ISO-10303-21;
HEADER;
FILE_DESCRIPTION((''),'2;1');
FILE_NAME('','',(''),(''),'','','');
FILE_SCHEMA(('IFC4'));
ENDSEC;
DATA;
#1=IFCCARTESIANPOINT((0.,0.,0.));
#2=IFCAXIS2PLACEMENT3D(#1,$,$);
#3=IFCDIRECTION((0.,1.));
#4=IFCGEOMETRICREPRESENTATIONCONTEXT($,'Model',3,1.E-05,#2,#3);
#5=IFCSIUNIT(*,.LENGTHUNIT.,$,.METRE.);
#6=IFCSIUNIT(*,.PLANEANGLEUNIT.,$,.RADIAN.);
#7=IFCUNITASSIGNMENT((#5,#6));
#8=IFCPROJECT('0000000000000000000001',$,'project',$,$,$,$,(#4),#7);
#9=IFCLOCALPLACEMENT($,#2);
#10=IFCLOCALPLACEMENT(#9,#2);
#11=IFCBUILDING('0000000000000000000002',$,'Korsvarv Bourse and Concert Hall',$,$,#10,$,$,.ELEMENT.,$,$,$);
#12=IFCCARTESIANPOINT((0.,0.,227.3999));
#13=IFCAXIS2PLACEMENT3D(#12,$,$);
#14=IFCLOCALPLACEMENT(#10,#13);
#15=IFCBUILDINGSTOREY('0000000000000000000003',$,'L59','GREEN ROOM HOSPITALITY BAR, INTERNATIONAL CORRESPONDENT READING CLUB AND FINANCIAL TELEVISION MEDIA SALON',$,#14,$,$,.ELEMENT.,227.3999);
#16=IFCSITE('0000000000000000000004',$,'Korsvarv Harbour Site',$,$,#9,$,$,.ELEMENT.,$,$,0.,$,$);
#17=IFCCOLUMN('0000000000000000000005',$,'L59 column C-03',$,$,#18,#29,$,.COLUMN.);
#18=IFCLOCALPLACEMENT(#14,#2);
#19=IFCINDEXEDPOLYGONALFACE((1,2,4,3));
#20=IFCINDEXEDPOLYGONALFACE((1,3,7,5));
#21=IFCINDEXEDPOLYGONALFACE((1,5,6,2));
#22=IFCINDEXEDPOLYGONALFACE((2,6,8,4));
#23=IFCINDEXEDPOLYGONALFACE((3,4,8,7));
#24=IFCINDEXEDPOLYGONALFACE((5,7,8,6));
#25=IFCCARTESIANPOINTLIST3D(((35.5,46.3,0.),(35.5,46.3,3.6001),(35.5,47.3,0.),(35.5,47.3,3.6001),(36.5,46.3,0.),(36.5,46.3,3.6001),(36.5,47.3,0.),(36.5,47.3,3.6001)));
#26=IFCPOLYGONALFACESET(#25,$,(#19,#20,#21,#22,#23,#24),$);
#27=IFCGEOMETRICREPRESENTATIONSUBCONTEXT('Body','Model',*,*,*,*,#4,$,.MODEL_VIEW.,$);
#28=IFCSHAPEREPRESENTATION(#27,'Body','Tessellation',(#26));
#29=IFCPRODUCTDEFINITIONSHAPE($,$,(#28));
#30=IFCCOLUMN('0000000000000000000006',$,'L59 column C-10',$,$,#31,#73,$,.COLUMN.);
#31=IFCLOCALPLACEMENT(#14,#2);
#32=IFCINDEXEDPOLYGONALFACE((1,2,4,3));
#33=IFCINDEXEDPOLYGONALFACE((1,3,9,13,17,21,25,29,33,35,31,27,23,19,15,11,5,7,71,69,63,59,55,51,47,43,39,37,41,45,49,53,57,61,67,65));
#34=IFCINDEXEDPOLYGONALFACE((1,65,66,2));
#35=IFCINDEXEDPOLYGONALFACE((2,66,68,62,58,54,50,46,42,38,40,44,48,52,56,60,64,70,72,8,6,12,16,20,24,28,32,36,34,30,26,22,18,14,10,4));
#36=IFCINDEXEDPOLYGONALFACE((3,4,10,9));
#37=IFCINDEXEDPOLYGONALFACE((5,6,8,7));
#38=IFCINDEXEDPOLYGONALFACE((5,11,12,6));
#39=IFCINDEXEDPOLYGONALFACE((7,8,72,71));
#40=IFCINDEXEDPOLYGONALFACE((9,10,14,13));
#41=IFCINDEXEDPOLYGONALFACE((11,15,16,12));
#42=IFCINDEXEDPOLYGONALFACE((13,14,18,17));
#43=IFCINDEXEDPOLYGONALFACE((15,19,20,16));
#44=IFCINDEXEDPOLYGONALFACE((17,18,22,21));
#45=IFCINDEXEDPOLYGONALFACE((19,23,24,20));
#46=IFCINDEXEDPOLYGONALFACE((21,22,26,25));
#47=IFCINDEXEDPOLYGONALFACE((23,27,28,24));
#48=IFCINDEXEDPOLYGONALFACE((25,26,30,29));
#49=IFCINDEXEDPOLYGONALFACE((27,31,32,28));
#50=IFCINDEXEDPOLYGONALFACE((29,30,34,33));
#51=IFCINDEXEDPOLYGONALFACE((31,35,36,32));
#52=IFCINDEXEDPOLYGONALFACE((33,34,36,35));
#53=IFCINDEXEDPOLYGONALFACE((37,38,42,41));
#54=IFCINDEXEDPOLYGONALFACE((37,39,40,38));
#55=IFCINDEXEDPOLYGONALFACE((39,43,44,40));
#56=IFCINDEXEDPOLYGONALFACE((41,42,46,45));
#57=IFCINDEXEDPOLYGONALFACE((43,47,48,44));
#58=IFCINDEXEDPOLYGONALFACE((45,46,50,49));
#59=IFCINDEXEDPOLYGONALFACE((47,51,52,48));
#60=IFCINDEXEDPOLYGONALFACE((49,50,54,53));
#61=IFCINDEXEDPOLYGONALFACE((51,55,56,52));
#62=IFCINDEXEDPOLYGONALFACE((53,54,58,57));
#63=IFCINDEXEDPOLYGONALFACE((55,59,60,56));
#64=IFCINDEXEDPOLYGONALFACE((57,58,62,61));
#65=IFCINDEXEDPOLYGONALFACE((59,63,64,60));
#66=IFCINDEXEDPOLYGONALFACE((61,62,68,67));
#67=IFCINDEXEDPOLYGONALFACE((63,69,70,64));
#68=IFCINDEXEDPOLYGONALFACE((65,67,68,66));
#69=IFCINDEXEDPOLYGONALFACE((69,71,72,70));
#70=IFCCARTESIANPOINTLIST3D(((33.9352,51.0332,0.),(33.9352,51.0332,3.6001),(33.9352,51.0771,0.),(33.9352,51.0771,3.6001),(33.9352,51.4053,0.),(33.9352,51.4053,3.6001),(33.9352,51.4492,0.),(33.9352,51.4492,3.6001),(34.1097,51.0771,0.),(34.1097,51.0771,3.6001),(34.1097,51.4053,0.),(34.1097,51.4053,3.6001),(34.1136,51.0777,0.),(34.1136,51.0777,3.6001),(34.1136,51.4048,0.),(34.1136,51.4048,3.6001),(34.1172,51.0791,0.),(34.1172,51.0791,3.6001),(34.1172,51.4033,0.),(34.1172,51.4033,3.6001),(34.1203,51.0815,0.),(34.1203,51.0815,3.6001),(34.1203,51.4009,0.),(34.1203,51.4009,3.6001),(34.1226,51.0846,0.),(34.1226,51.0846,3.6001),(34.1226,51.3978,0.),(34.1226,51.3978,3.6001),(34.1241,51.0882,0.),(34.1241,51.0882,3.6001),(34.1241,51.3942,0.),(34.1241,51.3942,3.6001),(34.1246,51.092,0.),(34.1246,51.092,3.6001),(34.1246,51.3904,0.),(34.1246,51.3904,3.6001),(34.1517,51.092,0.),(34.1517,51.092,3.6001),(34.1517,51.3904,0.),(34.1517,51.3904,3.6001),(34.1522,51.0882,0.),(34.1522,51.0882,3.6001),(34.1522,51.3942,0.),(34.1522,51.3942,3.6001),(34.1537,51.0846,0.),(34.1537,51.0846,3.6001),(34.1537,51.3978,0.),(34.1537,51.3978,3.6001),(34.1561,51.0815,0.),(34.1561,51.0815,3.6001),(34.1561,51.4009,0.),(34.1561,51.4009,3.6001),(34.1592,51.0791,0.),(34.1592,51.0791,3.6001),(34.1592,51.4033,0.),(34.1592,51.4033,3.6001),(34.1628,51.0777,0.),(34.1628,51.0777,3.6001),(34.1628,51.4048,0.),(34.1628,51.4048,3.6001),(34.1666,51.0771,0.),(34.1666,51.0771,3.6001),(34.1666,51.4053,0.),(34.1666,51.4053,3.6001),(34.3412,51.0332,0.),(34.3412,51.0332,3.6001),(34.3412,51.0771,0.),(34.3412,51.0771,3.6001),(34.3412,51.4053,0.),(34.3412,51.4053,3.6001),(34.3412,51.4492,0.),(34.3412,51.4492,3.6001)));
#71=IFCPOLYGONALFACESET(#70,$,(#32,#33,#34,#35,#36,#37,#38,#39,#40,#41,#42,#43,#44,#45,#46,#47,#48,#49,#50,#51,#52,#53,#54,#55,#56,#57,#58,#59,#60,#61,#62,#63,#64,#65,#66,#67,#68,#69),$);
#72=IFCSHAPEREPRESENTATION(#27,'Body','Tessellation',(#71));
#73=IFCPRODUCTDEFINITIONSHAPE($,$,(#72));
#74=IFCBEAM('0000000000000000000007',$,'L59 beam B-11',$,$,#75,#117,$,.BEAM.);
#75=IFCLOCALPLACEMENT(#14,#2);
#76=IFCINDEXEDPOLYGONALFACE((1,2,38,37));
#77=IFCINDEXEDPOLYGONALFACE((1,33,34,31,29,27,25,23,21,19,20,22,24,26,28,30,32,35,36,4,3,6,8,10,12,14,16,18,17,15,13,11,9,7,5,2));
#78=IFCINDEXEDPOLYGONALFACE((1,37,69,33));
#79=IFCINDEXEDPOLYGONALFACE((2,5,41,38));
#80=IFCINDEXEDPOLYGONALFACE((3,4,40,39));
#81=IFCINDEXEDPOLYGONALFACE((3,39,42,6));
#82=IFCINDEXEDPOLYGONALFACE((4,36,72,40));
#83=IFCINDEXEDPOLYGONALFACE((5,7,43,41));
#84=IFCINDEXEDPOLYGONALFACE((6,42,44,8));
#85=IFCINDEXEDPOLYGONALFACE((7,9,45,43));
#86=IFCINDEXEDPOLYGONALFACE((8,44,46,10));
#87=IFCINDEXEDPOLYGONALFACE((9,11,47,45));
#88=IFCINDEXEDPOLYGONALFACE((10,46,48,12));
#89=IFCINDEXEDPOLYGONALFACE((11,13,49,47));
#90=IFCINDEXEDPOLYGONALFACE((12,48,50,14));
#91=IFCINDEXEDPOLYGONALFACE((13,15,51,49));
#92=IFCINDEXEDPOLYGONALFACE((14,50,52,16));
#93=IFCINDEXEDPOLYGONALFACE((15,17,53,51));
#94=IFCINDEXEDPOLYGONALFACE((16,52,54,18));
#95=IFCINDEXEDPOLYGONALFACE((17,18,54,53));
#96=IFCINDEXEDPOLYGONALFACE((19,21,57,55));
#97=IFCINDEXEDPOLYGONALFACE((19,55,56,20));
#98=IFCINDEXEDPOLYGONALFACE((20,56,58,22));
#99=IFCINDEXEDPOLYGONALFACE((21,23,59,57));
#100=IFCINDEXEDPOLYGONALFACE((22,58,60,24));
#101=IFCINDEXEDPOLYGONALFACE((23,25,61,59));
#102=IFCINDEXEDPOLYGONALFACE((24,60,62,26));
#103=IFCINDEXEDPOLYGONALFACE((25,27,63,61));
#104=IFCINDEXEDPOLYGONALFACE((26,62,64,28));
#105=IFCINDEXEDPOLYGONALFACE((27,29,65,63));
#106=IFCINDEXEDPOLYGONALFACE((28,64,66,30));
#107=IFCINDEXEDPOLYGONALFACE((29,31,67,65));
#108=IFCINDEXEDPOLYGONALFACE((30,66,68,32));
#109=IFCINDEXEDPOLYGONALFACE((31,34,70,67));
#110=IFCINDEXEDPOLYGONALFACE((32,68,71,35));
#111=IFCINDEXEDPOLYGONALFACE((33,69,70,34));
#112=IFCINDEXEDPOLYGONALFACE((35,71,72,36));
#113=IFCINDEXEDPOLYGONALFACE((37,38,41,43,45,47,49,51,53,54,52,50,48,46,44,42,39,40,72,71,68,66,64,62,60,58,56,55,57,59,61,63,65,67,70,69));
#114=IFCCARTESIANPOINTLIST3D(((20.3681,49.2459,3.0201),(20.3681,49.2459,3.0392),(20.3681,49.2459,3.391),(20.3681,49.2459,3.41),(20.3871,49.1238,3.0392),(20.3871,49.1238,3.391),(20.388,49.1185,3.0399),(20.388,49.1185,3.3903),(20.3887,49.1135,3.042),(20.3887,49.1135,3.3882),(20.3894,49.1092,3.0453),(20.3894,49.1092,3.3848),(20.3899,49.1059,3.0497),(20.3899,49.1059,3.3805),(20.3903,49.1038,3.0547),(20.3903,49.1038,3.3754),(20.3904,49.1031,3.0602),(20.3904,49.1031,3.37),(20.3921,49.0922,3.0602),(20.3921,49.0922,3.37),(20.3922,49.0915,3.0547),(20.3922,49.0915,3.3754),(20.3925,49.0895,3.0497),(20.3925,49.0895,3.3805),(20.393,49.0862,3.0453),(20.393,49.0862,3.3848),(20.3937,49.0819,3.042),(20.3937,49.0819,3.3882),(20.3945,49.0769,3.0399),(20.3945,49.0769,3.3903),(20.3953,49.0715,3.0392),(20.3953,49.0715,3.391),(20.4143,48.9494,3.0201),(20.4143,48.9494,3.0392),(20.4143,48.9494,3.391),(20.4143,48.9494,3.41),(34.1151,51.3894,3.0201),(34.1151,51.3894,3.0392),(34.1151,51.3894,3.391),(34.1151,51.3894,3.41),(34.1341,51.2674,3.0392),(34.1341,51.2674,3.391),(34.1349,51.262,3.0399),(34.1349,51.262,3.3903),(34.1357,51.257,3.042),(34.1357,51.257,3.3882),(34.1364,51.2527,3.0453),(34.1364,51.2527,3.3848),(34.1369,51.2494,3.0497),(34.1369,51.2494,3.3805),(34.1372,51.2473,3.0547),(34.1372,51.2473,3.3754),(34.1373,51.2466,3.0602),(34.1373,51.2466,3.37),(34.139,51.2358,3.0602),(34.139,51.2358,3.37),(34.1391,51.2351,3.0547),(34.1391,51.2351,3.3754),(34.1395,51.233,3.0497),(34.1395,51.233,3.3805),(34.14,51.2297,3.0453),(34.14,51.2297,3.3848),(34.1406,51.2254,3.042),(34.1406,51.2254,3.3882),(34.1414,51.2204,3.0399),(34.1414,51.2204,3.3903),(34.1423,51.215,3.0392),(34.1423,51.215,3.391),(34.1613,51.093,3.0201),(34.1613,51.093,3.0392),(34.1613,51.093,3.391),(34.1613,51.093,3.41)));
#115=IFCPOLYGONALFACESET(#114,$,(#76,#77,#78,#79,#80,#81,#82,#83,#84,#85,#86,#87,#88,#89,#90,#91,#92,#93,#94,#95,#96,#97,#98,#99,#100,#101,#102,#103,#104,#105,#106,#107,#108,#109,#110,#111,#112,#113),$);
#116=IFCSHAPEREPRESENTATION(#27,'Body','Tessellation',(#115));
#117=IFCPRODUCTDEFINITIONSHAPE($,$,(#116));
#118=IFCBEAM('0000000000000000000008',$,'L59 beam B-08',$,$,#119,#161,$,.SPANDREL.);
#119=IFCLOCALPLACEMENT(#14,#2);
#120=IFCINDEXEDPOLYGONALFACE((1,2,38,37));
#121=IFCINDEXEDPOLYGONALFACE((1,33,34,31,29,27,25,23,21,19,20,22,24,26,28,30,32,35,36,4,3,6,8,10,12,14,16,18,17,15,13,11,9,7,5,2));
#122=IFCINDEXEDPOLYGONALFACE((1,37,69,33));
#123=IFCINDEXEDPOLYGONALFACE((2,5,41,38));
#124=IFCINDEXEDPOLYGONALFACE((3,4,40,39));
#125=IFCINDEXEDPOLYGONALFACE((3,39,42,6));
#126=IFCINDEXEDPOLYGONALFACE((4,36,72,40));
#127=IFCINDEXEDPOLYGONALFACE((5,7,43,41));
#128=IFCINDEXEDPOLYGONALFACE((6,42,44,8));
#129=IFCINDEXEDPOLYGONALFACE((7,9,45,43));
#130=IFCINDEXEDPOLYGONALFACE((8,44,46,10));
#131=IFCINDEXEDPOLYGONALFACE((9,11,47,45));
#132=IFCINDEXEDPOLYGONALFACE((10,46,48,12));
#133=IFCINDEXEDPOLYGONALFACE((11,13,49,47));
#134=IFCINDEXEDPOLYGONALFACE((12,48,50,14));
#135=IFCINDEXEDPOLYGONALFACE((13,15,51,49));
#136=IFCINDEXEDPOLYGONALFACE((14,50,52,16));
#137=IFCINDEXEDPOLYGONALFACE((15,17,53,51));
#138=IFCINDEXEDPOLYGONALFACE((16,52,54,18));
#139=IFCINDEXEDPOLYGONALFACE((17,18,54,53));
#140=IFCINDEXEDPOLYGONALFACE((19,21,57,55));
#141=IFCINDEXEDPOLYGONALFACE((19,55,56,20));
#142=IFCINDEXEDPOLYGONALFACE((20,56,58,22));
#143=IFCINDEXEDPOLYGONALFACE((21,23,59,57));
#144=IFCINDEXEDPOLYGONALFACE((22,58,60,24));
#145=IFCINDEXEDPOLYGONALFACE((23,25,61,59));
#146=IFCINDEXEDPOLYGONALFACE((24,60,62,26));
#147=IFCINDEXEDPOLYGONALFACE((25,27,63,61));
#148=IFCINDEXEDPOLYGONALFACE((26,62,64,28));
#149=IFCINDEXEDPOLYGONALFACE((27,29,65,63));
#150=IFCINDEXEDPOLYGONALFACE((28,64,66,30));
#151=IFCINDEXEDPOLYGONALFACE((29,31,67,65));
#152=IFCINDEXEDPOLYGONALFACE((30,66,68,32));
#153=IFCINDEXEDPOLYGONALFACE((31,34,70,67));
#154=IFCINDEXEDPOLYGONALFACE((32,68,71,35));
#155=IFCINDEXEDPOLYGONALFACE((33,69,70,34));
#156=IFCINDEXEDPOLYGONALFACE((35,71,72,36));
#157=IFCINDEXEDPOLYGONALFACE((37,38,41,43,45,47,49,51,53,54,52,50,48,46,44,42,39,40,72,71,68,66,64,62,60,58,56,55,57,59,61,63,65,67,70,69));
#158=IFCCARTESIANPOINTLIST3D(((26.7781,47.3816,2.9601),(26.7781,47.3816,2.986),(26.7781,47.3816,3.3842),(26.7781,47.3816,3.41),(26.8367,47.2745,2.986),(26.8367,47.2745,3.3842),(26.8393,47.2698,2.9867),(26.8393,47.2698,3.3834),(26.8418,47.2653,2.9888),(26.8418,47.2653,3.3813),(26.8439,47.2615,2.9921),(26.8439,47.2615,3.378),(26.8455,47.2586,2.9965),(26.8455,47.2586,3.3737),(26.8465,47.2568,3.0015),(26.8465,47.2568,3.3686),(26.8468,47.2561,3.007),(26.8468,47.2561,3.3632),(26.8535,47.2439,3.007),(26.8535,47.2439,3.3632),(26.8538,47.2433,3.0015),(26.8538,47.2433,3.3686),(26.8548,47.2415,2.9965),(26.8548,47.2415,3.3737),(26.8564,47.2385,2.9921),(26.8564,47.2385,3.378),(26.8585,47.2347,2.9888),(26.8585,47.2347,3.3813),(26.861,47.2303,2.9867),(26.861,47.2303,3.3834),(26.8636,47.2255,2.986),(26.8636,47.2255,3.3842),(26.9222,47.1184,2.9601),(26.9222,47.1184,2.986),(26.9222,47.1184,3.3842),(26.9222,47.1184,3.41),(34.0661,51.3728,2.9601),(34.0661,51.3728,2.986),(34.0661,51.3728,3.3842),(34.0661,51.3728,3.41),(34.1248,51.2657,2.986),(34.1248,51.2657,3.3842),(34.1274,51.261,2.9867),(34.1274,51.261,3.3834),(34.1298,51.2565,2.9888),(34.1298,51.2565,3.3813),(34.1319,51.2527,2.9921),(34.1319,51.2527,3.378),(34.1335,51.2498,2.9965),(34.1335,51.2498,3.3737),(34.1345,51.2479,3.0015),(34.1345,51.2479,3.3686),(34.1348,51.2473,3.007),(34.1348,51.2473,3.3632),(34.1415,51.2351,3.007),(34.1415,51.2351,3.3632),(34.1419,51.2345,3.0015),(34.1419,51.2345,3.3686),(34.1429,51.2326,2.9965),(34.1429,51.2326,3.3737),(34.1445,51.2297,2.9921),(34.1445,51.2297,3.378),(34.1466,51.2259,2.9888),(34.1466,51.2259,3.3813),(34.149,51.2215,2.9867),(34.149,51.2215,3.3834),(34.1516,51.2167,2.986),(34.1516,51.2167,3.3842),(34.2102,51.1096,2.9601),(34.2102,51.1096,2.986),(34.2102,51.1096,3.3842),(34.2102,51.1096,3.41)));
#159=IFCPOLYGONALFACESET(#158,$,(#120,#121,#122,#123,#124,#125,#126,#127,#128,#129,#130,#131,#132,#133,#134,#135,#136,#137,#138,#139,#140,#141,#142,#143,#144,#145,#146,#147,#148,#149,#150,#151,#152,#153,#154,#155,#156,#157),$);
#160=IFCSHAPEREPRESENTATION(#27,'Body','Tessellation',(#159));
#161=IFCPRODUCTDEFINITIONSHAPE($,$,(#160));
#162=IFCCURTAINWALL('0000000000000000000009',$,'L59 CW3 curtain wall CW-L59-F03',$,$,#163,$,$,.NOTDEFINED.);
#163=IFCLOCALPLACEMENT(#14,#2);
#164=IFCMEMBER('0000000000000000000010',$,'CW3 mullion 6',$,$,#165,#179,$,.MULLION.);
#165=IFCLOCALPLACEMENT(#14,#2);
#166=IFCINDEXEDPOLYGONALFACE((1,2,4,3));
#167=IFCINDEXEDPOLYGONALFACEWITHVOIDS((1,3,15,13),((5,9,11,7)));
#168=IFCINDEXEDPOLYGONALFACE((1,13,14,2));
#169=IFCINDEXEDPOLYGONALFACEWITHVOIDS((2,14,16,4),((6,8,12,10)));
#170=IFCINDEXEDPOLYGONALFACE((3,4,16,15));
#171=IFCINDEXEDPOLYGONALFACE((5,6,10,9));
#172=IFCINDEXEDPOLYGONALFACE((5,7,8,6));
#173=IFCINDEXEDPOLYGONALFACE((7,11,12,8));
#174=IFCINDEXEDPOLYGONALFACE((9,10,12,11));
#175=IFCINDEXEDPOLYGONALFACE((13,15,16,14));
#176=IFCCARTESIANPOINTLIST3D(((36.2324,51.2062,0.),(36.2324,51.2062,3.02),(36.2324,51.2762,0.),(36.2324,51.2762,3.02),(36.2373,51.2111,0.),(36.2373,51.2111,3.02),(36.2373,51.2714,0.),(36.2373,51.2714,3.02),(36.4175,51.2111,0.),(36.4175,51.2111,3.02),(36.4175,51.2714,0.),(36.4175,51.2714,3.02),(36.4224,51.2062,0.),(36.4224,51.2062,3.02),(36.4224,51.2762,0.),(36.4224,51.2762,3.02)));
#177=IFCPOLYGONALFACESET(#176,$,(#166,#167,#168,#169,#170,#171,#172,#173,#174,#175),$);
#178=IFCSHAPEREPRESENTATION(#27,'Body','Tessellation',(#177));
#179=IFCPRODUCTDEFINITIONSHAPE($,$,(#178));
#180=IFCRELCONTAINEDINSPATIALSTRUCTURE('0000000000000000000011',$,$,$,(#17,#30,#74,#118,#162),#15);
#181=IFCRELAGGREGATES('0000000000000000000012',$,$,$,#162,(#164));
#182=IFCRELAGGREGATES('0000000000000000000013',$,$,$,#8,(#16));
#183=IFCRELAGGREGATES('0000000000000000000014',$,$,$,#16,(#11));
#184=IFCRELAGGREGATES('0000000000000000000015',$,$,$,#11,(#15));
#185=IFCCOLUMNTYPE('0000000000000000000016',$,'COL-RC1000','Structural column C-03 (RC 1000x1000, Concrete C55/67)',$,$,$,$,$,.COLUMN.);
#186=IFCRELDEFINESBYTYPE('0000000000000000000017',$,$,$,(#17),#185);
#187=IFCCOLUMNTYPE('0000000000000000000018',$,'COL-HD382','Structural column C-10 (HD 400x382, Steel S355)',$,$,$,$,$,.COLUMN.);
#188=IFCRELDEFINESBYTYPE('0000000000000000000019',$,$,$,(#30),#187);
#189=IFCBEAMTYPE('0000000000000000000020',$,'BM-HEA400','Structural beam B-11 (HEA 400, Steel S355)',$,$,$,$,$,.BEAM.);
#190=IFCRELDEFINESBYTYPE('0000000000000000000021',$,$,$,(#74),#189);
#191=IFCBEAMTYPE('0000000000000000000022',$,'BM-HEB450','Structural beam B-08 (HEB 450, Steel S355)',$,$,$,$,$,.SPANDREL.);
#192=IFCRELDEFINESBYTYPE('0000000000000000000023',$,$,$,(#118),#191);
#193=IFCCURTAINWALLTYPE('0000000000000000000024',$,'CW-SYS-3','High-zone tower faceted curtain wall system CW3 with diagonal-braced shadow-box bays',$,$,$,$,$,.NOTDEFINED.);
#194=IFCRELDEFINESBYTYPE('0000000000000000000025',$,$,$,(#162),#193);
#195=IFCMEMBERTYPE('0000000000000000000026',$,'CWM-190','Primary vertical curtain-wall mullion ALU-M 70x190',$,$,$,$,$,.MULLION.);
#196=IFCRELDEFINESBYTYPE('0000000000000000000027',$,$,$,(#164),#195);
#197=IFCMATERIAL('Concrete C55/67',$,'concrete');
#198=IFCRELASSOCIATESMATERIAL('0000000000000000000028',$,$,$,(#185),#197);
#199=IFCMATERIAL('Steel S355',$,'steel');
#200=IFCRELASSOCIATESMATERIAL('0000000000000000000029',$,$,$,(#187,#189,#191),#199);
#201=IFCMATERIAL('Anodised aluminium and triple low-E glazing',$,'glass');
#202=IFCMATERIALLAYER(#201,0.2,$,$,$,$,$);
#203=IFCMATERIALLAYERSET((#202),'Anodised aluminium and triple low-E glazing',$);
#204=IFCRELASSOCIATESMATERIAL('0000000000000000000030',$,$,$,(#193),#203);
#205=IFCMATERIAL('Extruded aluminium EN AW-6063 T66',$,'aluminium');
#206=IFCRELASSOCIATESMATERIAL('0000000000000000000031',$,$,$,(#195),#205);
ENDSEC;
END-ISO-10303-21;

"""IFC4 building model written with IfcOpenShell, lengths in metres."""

from ifc_helpers import new_model, si_unit, direction, frame, origin, origin_2d, place, context, subcontext, project, spatial, rectangle, hollow_rectangle, i_section, extrude, source, transform, mapped, material, layer, layer_set, material_profile, profile_set, type_object, element, aggregate, save


model = new_model("IFC4")

# Units and contexts
model_context = context("Model", 3, precision=1e-05, world=origin(), true_north=direction((0.0, 1.0)))
body_context = subcontext(model_context, "Body", "Model", "MODEL_VIEW")
ifc_project = project(units=[si_unit("LENGTHUNIT", "METRE"), si_unit("PLANEANGLEUNIT", "RADIAN")], contexts=[model_context])

# Site, building, storey
site_placement = place(None, origin())
site = spatial("IfcSite", under=ifc_project, at=site_placement, Name="Korsvarv Harbour Site", CompositionType="ELEMENT", RefElevation=0.0)
building_placement = place(site_placement, origin())
building = spatial("IfcBuilding", under=site, at=building_placement, Name="Korsvarv Bourse and Concert Hall", CompositionType="ELEMENT")
storey_placement = place(building_placement, frame((0.0, 0.0, 227.3999)))
storey = spatial("IfcBuildingStorey", under=building, at=storey_placement, Name="L59", Description="GREEN ROOM HOSPITALITY BAR, INTERNATIONAL CORRESPONDENT READING CLUB AND FINANCIAL TELEVISION MEDIA SALON", CompositionType="ELEMENT", Elevation=227.3999)

# Columns
ifc_material_1 = material(Name="Concrete C55/67", Category="concrete")
ifc_material_profile_1 = material_profile(ifc_material_1, rectangle(XDim=1.0, YDim=1.0, at=origin_2d()), Name="RC 1000x1000")
ifc_profile_set_1 = profile_set([ifc_material_profile_1], Name="Concrete C55/67")
column_type_1 = type_object("IfcColumnType", Name="COL-RC1000", Description="Structural column C-03 (RC 1000x1000, Concrete C55/67)", PredefinedType="COLUMN", material=ifc_profile_set_1)
shared_shape_1 = source(origin(), body_context, "Body", "SweptSolid", [
    extrude(rectangle(XDim=1.0, YDim=1.0, at=origin_2d()), origin(), (0.0, 0.0, 1.0), 3.6001),
])
column_1_placement = place(storey_placement, frame((36.0, 46.8, 0.0), z_axis=(0.0, 0.0, 1.0), x_axis=(1.0, 0.0, 0.0)))
element("IfcColumn", 1, at=column_1_placement, inside=storey, type_object=column_type_1, Name="L59 column C-03", PredefinedType="COLUMN", context=body_context, shape_type="MappedRepresentation", body=[
    mapped(shared_shape_1, transform((0.0, 0.0, 0.0), scale=1.0)),
])
ifc_material_2 = material(Name="Steel S355", Category="steel")
ifc_material_profile_2 = material_profile(ifc_material_2, i_section(OverallWidth=0.406, OverallDepth=0.416, WebThickness=0.0271, FlangeThickness=0.0439, FilletRadius=0.0149, at=origin_2d()), Name="HD 400x382")
ifc_profile_set_2 = profile_set([ifc_material_profile_2], Name="Steel S355")
column_type_2 = type_object("IfcColumnType", Name="COL-HD382", Description="Structural column C-10 (HD 400x382, Steel S355)", PredefinedType="COLUMN", material=ifc_profile_set_2)
shared_shape_2 = source(origin(), body_context, "Body", "SweptSolid", [
    extrude(i_section(OverallWidth=0.406, OverallDepth=0.416, WebThickness=0.0271, FlangeThickness=0.0439, FilletRadius=0.0149, at=origin_2d()), origin(), (0.0, 0.0, 1.0), 3.6001),
])
column_2_placement = place(storey_placement, frame((34.1382, 51.2412, 0.0), z_axis=(0.0, 0.0, 1.0), x_axis=(1.0, 0.0, 0.0)))
element("IfcColumn", 2, at=column_2_placement, inside=storey, type_object=column_type_2, Name="L59 column C-10", PredefinedType="COLUMN", context=body_context, shape_type="MappedRepresentation", body=[
    mapped(shared_shape_2, transform((0.0, 0.0, 0.0), scale=1.0)),
])

# Beams
ifc_material_profile_3 = material_profile(ifc_material_2, i_section(OverallWidth=0.3, OverallDepth=0.3899, WebThickness=0.011, FlangeThickness=0.019, FilletRadius=0.021, at=origin_2d()), Name="HEA 400")
ifc_profile_set_3 = profile_set([ifc_material_profile_3], Name="Steel S355")
beam_type_1 = type_object("IfcBeamType", Name="BM-HEA400", Description="Structural beam B-11 (HEA 400, Steel S355)", PredefinedType="BEAM", material=ifc_profile_set_3)
shared_shape_3 = source(origin(), body_context, "Body", "SweptSolid", [
    extrude(i_section(OverallWidth=0.3, OverallDepth=0.3899, WebThickness=0.011, FlangeThickness=0.019, FilletRadius=0.021, at=origin_2d()), origin(), (0.0, 0.0, 1.0), 13.9131),
])
beam_1_placement = place(storey_placement, frame((34.1382, 51.2412, 3.2151), z_axis=(-0.98806, -0.154066, 0.0), x_axis=(0.154066, -0.98806, 0.0)))
element("IfcBeam", 3, at=beam_1_placement, inside=storey, type_object=beam_type_1, Name="L59 beam B-11", PredefinedType="BEAM", context=body_context, shape_type="MappedRepresentation", body=[
    mapped(shared_shape_3, transform((0.0, 0.0, 0.0), scale=1.0)),
])
ifc_material_profile_4 = material_profile(ifc_material_2, i_section(OverallWidth=0.3, OverallDepth=0.45, WebThickness=0.0139, FlangeThickness=0.0259, FilletRadius=0.021, at=origin_2d()), Name="HEB 450")
ifc_profile_set_4 = profile_set([ifc_material_profile_4], Name="Steel S355")
beam_type_2 = type_object("IfcBeamType", Name="BM-HEB450", Description="Structural beam B-08 (HEB 450, Steel S355)", PredefinedType="SPANDREL", material=ifc_profile_set_4)
shared_shape_4 = source(origin(), body_context, "Body", "SweptSolid", [
    extrude(i_section(OverallWidth=0.3, OverallDepth=0.45, WebThickness=0.0139, FlangeThickness=0.0259, FilletRadius=0.021, at=origin_2d()), origin(), (0.0, 0.0, 1.0), 8.3093),
])
beam_2_placement = place(storey_placement, frame((34.1382, 51.2412, 3.1851), z_axis=(-0.87709, -0.480325, 0.0), x_axis=(0.480325, -0.87709, 0.0)))
element("IfcBeam", 4, at=beam_2_placement, inside=storey, type_object=beam_type_2, Name="L59 beam B-08", PredefinedType="SPANDREL", context=body_context, shape_type="MappedRepresentation", body=[
    mapped(shared_shape_4, transform((0.0, 0.0, 0.0), scale=1.0)),
])

# Curtain wall, member
ifc_material_3 = material(Name="Anodised aluminium and triple low-E glazing", Category="glass")
ifc_layer_1 = layer(ifc_material_3, 0.2)
ifc_layer_set_1 = layer_set([ifc_layer_1], Name="Anodised aluminium and triple low-E glazing")
curtain_wall_type = type_object("IfcCurtainWallType", Name="CW-SYS-3", Description="High-zone tower faceted curtain wall system CW3 with diagonal-braced shadow-box bays", PredefinedType="NOTDEFINED", material=ifc_layer_set_1)
curtain_wall_placement = place(storey_placement, origin())
curtain_wall = element("IfcCurtainWall", 5, at=curtain_wall_placement, inside=storey, type_object=curtain_wall_type, Name="L59 CW3 curtain wall CW-L59-F03", PredefinedType="NOTDEFINED")
ifc_material_4 = material(Name="Extruded aluminium EN AW-6063 T66", Category="aluminium")
ifc_material_profile_5 = material_profile(ifc_material_4, hollow_rectangle(XDim=0.0701, YDim=0.1899, WallThickness=0.0049, at=origin_2d()), Name="ALU-M 70x190")
ifc_profile_set_5 = profile_set([ifc_material_profile_5], Name="Extruded aluminium EN AW-6063 T66")
member_type_1 = type_object("IfcMemberType", Name="CWM-190", Description="Primary vertical curtain-wall mullion ALU-M 70x190", PredefinedType="MULLION", material=ifc_profile_set_5)
shared_shape_5 = source(origin(), body_context, "Body", "SweptSolid", [
    extrude(hollow_rectangle(XDim=0.0701, YDim=0.1899, WallThickness=0.0049, at=origin_2d()), origin(), (0.0, 0.0, 1.0), 3.02),
])
member_1_placement = place(storey_placement, frame((36.3274, 51.2412, 0.0), z_axis=(0.0, 0.0, 1.0), x_axis=(0.0, -1.0, 0.0)))
member_1 = element("IfcMember", 6, at=member_1_placement, type_object=member_type_1, Name="CW3 mullion 6", PredefinedType="MULLION", context=body_context, shape_type="MappedRepresentation", body=[
    mapped(shared_shape_5, transform((0.0, 0.0, 0.0), scale=1.0)),
])
aggregate(curtain_wall, [member_1])

save(model, "model.ifc")
